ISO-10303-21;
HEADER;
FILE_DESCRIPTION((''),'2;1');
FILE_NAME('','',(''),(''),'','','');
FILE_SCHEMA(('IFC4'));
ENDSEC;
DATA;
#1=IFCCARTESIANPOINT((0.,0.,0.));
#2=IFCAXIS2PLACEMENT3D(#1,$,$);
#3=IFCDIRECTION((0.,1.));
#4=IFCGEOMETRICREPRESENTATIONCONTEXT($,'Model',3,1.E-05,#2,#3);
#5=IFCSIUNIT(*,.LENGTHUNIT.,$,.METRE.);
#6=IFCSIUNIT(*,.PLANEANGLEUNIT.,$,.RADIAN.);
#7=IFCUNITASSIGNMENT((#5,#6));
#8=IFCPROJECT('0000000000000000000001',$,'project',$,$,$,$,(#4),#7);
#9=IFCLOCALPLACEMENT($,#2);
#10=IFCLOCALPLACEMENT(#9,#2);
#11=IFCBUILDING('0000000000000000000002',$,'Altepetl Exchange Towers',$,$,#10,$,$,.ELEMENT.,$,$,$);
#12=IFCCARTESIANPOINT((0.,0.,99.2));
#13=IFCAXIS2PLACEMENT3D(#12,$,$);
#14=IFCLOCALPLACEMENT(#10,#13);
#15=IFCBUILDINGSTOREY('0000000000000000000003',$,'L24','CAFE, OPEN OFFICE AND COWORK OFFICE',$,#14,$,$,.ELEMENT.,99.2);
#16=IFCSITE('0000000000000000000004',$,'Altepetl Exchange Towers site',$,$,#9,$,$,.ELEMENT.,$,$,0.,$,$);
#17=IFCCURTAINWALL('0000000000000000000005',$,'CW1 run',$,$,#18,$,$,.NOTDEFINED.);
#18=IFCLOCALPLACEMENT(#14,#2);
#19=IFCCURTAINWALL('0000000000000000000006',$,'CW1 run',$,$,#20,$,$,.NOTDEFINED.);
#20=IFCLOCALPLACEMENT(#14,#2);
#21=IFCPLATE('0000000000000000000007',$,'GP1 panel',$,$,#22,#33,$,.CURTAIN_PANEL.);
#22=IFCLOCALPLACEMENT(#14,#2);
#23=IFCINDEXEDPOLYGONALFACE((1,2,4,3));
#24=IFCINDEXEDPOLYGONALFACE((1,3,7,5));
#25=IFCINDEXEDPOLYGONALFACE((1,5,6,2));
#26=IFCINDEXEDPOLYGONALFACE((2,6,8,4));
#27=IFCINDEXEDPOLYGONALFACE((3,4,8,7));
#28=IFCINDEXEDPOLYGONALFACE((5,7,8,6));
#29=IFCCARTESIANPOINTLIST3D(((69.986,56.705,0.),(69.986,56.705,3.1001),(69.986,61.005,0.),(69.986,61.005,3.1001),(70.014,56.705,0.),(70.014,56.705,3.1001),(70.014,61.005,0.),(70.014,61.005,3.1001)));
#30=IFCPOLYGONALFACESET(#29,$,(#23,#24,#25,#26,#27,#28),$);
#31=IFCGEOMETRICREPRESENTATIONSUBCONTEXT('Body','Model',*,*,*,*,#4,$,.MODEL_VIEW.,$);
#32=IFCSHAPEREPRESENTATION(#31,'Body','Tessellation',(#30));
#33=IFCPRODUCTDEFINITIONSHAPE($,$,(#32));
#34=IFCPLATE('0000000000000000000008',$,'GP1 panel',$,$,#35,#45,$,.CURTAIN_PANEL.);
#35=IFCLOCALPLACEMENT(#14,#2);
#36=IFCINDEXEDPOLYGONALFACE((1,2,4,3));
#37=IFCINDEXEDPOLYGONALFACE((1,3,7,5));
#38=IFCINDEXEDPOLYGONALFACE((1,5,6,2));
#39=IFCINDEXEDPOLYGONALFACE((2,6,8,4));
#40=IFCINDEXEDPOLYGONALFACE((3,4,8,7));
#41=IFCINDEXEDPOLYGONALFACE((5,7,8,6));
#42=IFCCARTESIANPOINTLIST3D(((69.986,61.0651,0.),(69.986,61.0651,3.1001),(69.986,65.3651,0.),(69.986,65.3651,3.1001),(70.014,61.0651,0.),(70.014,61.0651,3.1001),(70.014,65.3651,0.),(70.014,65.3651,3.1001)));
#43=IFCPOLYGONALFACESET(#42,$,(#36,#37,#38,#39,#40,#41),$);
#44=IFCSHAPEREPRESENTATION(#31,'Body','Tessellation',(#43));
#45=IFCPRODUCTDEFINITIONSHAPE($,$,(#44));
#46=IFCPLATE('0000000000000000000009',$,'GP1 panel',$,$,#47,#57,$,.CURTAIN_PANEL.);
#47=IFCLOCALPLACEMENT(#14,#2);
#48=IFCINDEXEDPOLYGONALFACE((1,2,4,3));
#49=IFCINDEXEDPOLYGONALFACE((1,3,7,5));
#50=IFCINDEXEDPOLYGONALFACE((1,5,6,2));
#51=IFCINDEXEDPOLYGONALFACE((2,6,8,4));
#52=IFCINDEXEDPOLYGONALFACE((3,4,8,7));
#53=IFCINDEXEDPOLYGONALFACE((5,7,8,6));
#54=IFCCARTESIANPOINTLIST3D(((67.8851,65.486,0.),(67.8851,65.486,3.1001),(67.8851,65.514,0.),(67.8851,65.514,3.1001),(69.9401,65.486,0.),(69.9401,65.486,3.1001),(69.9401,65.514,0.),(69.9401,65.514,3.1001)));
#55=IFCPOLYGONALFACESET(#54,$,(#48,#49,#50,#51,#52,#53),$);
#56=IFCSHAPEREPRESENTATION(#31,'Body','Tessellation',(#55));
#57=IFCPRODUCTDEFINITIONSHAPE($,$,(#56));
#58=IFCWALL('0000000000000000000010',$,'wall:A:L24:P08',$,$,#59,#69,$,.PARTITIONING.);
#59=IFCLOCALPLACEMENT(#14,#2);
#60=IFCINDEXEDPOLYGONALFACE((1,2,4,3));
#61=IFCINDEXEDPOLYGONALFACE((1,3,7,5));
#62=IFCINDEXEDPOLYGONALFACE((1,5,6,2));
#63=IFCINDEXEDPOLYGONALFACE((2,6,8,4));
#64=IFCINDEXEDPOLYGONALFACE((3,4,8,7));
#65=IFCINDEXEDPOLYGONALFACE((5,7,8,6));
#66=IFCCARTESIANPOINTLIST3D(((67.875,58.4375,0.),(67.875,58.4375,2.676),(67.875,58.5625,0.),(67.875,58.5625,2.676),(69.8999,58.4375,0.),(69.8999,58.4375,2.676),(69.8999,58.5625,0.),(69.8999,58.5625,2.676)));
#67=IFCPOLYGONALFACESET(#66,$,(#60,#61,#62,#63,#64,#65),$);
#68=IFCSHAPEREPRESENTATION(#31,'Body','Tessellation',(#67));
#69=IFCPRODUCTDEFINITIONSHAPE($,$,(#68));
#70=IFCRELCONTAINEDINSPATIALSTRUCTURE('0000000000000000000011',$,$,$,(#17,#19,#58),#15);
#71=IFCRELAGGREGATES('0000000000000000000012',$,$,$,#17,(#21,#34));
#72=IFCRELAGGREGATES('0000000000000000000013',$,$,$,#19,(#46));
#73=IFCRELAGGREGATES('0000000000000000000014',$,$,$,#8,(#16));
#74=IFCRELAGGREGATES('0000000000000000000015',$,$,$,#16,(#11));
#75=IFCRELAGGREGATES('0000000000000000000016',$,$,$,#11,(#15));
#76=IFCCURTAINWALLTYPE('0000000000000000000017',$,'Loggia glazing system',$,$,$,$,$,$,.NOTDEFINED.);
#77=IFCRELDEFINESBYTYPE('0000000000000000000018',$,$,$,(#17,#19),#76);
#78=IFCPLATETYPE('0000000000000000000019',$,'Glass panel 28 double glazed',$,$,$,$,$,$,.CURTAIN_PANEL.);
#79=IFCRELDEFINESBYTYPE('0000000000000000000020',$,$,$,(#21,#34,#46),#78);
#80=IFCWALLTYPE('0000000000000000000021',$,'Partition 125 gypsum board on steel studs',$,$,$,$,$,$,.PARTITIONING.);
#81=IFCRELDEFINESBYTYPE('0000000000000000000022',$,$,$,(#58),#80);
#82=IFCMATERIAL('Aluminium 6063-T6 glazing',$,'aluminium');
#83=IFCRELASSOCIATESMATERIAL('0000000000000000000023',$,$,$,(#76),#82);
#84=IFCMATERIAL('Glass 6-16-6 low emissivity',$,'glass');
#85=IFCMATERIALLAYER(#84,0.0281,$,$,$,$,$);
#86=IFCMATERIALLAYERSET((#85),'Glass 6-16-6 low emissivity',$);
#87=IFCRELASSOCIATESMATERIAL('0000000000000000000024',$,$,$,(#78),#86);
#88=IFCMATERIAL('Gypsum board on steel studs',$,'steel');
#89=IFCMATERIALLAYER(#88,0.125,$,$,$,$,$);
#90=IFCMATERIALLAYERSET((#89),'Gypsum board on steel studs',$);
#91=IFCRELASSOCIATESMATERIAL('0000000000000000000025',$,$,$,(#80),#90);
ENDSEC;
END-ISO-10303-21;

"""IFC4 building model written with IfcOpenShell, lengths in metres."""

from ifc_helpers import new_model, si_unit, direction, frame, frame_2d, origin, origin_2d, place, context, subcontext, project, spatial, rectangle, extrude, material, layer, layer_set, type_object, element, aggregate, save


model = new_model("IFC4")

# Units and contexts
model_context = context("Model", 3, precision=1e-05, world=origin(), true_north=direction((0.0, 1.0)))
body_context = subcontext(model_context, "Body", "Model", "MODEL_VIEW")
ifc_project = project(units=[si_unit("LENGTHUNIT", "METRE"), si_unit("PLANEANGLEUNIT", "RADIAN")], contexts=[model_context])

# Site, building, storey
site_placement = place(None, origin())
site = spatial("IfcSite", under=ifc_project, at=site_placement, Name="Altepetl Exchange Towers site", CompositionType="ELEMENT", RefElevation=0.0)
building_placement = place(site_placement, origin())
building = spatial("IfcBuilding", under=site, at=building_placement, Name="Altepetl Exchange Towers", CompositionType="ELEMENT")
storey_placement = place(building_placement, frame((0.0, 0.0, 99.2)))
storey = spatial("IfcBuildingStorey", under=building, at=storey_placement, Name="L24", Description="CAFE, OPEN OFFICE AND COWORK OFFICE", CompositionType="ELEMENT", Elevation=99.2)

# Curtain walls
ifc_material_1 = material(Name="Aluminium 6063-T6 glazing", Category="aluminium")
curtain_wall_type = type_object("IfcCurtainWallType", Name="Loggia glazing system", PredefinedType="NOTDEFINED", material=ifc_material_1)
curtain_wall_1_placement = place(storey_placement, origin())
curtain_wall_1 = element("IfcCurtainWall", 1, at=curtain_wall_1_placement, inside=storey, type_object=curtain_wall_type, Name="CW1 run", PredefinedType="NOTDEFINED")
curtain_wall_2_placement = place(storey_placement, origin())
curtain_wall_2 = element("IfcCurtainWall", 2, at=curtain_wall_2_placement, inside=storey, type_object=curtain_wall_type, Name="CW1 run", PredefinedType="NOTDEFINED")

# Plates
ifc_material_2 = material(Name="Glass 6-16-6 low emissivity", Category="glass")
ifc_layer_1 = layer(ifc_material_2, 0.0281)
ifc_layer_set_1 = layer_set([ifc_layer_1], Name="Glass 6-16-6 low emissivity")
plate_type = type_object("IfcPlateType", Name="Glass panel 28 double glazed", PredefinedType="CURTAIN_PANEL", material=ifc_layer_set_1)
plate_1_placement = place(storey_placement, frame((70.0, 58.855, 0.0), z_axis=(0.0, 0.0, 1.0), x_axis=(0.0, 1.0, 0.0)))
plate_1 = element("IfcPlate", 3, at=plate_1_placement, type_object=plate_type, Name="GP1 panel", PredefinedType="CURTAIN_PANEL", context=body_context, shape_type="SweptSolid", body=[
    extrude(rectangle(XDim=4.3, YDim=0.0281, at=origin_2d()), origin(), (0.0, 0.0, 1.0), 3.1001),
])
plate_2_placement = place(storey_placement, frame((70.0, 63.2151, 0.0), z_axis=(0.0, 0.0, 1.0), x_axis=(0.0, 1.0, 0.0)))
plate_2 = element("IfcPlate", 4, at=plate_2_placement, type_object=plate_type, Name="GP1 panel", PredefinedType="CURTAIN_PANEL", context=body_context, shape_type="SweptSolid", body=[
    extrude(rectangle(XDim=4.3, YDim=0.0281, at=origin_2d()), origin(), (0.0, 0.0, 1.0), 3.1001),
])
aggregate(curtain_wall_1, [plate_1, plate_2])
plate_3_placement = place(storey_placement, frame((68.9126, 65.5, 0.0), z_axis=(0.0, 0.0, 1.0), x_axis=(-1.0, 0.0, 0.0)))
plate_3 = element("IfcPlate", 5, at=plate_3_placement, type_object=plate_type, Name="GP1 panel", PredefinedType="CURTAIN_PANEL", context=body_context, shape_type="SweptSolid", body=[
    extrude(rectangle(XDim=2.0549, YDim=0.0281, at=origin_2d()), origin(), (0.0, 0.0, 1.0), 3.1001),
])
aggregate(curtain_wall_2, [plate_3])

# Wall
ifc_material_3 = material(Name="Gypsum board on steel studs", Category="steel")
ifc_layer_2 = layer(ifc_material_3, 0.125)
ifc_layer_set_2 = layer_set([ifc_layer_2], Name="Gypsum board on steel studs")
wall_type = type_object("IfcWallType", Name="Partition 125 gypsum board on steel studs", PredefinedType="PARTITIONING", material=ifc_layer_set_2)
wall_placement = place(storey_placement, frame((67.875, 58.5, 0.0)))
element("IfcWall", 6, at=wall_placement, inside=storey, type_object=wall_type, Name="wall:A:L24:P08", PredefinedType="PARTITIONING", context=body_context, shape_type="SweptSolid", body=[
    extrude(rectangle(XDim=2.0249, YDim=0.125, at=frame_2d((1.0125, 0.0))), origin(), (0.0, 0.0, 1.0), 2.676),
])

save(model, "model.ifc")
